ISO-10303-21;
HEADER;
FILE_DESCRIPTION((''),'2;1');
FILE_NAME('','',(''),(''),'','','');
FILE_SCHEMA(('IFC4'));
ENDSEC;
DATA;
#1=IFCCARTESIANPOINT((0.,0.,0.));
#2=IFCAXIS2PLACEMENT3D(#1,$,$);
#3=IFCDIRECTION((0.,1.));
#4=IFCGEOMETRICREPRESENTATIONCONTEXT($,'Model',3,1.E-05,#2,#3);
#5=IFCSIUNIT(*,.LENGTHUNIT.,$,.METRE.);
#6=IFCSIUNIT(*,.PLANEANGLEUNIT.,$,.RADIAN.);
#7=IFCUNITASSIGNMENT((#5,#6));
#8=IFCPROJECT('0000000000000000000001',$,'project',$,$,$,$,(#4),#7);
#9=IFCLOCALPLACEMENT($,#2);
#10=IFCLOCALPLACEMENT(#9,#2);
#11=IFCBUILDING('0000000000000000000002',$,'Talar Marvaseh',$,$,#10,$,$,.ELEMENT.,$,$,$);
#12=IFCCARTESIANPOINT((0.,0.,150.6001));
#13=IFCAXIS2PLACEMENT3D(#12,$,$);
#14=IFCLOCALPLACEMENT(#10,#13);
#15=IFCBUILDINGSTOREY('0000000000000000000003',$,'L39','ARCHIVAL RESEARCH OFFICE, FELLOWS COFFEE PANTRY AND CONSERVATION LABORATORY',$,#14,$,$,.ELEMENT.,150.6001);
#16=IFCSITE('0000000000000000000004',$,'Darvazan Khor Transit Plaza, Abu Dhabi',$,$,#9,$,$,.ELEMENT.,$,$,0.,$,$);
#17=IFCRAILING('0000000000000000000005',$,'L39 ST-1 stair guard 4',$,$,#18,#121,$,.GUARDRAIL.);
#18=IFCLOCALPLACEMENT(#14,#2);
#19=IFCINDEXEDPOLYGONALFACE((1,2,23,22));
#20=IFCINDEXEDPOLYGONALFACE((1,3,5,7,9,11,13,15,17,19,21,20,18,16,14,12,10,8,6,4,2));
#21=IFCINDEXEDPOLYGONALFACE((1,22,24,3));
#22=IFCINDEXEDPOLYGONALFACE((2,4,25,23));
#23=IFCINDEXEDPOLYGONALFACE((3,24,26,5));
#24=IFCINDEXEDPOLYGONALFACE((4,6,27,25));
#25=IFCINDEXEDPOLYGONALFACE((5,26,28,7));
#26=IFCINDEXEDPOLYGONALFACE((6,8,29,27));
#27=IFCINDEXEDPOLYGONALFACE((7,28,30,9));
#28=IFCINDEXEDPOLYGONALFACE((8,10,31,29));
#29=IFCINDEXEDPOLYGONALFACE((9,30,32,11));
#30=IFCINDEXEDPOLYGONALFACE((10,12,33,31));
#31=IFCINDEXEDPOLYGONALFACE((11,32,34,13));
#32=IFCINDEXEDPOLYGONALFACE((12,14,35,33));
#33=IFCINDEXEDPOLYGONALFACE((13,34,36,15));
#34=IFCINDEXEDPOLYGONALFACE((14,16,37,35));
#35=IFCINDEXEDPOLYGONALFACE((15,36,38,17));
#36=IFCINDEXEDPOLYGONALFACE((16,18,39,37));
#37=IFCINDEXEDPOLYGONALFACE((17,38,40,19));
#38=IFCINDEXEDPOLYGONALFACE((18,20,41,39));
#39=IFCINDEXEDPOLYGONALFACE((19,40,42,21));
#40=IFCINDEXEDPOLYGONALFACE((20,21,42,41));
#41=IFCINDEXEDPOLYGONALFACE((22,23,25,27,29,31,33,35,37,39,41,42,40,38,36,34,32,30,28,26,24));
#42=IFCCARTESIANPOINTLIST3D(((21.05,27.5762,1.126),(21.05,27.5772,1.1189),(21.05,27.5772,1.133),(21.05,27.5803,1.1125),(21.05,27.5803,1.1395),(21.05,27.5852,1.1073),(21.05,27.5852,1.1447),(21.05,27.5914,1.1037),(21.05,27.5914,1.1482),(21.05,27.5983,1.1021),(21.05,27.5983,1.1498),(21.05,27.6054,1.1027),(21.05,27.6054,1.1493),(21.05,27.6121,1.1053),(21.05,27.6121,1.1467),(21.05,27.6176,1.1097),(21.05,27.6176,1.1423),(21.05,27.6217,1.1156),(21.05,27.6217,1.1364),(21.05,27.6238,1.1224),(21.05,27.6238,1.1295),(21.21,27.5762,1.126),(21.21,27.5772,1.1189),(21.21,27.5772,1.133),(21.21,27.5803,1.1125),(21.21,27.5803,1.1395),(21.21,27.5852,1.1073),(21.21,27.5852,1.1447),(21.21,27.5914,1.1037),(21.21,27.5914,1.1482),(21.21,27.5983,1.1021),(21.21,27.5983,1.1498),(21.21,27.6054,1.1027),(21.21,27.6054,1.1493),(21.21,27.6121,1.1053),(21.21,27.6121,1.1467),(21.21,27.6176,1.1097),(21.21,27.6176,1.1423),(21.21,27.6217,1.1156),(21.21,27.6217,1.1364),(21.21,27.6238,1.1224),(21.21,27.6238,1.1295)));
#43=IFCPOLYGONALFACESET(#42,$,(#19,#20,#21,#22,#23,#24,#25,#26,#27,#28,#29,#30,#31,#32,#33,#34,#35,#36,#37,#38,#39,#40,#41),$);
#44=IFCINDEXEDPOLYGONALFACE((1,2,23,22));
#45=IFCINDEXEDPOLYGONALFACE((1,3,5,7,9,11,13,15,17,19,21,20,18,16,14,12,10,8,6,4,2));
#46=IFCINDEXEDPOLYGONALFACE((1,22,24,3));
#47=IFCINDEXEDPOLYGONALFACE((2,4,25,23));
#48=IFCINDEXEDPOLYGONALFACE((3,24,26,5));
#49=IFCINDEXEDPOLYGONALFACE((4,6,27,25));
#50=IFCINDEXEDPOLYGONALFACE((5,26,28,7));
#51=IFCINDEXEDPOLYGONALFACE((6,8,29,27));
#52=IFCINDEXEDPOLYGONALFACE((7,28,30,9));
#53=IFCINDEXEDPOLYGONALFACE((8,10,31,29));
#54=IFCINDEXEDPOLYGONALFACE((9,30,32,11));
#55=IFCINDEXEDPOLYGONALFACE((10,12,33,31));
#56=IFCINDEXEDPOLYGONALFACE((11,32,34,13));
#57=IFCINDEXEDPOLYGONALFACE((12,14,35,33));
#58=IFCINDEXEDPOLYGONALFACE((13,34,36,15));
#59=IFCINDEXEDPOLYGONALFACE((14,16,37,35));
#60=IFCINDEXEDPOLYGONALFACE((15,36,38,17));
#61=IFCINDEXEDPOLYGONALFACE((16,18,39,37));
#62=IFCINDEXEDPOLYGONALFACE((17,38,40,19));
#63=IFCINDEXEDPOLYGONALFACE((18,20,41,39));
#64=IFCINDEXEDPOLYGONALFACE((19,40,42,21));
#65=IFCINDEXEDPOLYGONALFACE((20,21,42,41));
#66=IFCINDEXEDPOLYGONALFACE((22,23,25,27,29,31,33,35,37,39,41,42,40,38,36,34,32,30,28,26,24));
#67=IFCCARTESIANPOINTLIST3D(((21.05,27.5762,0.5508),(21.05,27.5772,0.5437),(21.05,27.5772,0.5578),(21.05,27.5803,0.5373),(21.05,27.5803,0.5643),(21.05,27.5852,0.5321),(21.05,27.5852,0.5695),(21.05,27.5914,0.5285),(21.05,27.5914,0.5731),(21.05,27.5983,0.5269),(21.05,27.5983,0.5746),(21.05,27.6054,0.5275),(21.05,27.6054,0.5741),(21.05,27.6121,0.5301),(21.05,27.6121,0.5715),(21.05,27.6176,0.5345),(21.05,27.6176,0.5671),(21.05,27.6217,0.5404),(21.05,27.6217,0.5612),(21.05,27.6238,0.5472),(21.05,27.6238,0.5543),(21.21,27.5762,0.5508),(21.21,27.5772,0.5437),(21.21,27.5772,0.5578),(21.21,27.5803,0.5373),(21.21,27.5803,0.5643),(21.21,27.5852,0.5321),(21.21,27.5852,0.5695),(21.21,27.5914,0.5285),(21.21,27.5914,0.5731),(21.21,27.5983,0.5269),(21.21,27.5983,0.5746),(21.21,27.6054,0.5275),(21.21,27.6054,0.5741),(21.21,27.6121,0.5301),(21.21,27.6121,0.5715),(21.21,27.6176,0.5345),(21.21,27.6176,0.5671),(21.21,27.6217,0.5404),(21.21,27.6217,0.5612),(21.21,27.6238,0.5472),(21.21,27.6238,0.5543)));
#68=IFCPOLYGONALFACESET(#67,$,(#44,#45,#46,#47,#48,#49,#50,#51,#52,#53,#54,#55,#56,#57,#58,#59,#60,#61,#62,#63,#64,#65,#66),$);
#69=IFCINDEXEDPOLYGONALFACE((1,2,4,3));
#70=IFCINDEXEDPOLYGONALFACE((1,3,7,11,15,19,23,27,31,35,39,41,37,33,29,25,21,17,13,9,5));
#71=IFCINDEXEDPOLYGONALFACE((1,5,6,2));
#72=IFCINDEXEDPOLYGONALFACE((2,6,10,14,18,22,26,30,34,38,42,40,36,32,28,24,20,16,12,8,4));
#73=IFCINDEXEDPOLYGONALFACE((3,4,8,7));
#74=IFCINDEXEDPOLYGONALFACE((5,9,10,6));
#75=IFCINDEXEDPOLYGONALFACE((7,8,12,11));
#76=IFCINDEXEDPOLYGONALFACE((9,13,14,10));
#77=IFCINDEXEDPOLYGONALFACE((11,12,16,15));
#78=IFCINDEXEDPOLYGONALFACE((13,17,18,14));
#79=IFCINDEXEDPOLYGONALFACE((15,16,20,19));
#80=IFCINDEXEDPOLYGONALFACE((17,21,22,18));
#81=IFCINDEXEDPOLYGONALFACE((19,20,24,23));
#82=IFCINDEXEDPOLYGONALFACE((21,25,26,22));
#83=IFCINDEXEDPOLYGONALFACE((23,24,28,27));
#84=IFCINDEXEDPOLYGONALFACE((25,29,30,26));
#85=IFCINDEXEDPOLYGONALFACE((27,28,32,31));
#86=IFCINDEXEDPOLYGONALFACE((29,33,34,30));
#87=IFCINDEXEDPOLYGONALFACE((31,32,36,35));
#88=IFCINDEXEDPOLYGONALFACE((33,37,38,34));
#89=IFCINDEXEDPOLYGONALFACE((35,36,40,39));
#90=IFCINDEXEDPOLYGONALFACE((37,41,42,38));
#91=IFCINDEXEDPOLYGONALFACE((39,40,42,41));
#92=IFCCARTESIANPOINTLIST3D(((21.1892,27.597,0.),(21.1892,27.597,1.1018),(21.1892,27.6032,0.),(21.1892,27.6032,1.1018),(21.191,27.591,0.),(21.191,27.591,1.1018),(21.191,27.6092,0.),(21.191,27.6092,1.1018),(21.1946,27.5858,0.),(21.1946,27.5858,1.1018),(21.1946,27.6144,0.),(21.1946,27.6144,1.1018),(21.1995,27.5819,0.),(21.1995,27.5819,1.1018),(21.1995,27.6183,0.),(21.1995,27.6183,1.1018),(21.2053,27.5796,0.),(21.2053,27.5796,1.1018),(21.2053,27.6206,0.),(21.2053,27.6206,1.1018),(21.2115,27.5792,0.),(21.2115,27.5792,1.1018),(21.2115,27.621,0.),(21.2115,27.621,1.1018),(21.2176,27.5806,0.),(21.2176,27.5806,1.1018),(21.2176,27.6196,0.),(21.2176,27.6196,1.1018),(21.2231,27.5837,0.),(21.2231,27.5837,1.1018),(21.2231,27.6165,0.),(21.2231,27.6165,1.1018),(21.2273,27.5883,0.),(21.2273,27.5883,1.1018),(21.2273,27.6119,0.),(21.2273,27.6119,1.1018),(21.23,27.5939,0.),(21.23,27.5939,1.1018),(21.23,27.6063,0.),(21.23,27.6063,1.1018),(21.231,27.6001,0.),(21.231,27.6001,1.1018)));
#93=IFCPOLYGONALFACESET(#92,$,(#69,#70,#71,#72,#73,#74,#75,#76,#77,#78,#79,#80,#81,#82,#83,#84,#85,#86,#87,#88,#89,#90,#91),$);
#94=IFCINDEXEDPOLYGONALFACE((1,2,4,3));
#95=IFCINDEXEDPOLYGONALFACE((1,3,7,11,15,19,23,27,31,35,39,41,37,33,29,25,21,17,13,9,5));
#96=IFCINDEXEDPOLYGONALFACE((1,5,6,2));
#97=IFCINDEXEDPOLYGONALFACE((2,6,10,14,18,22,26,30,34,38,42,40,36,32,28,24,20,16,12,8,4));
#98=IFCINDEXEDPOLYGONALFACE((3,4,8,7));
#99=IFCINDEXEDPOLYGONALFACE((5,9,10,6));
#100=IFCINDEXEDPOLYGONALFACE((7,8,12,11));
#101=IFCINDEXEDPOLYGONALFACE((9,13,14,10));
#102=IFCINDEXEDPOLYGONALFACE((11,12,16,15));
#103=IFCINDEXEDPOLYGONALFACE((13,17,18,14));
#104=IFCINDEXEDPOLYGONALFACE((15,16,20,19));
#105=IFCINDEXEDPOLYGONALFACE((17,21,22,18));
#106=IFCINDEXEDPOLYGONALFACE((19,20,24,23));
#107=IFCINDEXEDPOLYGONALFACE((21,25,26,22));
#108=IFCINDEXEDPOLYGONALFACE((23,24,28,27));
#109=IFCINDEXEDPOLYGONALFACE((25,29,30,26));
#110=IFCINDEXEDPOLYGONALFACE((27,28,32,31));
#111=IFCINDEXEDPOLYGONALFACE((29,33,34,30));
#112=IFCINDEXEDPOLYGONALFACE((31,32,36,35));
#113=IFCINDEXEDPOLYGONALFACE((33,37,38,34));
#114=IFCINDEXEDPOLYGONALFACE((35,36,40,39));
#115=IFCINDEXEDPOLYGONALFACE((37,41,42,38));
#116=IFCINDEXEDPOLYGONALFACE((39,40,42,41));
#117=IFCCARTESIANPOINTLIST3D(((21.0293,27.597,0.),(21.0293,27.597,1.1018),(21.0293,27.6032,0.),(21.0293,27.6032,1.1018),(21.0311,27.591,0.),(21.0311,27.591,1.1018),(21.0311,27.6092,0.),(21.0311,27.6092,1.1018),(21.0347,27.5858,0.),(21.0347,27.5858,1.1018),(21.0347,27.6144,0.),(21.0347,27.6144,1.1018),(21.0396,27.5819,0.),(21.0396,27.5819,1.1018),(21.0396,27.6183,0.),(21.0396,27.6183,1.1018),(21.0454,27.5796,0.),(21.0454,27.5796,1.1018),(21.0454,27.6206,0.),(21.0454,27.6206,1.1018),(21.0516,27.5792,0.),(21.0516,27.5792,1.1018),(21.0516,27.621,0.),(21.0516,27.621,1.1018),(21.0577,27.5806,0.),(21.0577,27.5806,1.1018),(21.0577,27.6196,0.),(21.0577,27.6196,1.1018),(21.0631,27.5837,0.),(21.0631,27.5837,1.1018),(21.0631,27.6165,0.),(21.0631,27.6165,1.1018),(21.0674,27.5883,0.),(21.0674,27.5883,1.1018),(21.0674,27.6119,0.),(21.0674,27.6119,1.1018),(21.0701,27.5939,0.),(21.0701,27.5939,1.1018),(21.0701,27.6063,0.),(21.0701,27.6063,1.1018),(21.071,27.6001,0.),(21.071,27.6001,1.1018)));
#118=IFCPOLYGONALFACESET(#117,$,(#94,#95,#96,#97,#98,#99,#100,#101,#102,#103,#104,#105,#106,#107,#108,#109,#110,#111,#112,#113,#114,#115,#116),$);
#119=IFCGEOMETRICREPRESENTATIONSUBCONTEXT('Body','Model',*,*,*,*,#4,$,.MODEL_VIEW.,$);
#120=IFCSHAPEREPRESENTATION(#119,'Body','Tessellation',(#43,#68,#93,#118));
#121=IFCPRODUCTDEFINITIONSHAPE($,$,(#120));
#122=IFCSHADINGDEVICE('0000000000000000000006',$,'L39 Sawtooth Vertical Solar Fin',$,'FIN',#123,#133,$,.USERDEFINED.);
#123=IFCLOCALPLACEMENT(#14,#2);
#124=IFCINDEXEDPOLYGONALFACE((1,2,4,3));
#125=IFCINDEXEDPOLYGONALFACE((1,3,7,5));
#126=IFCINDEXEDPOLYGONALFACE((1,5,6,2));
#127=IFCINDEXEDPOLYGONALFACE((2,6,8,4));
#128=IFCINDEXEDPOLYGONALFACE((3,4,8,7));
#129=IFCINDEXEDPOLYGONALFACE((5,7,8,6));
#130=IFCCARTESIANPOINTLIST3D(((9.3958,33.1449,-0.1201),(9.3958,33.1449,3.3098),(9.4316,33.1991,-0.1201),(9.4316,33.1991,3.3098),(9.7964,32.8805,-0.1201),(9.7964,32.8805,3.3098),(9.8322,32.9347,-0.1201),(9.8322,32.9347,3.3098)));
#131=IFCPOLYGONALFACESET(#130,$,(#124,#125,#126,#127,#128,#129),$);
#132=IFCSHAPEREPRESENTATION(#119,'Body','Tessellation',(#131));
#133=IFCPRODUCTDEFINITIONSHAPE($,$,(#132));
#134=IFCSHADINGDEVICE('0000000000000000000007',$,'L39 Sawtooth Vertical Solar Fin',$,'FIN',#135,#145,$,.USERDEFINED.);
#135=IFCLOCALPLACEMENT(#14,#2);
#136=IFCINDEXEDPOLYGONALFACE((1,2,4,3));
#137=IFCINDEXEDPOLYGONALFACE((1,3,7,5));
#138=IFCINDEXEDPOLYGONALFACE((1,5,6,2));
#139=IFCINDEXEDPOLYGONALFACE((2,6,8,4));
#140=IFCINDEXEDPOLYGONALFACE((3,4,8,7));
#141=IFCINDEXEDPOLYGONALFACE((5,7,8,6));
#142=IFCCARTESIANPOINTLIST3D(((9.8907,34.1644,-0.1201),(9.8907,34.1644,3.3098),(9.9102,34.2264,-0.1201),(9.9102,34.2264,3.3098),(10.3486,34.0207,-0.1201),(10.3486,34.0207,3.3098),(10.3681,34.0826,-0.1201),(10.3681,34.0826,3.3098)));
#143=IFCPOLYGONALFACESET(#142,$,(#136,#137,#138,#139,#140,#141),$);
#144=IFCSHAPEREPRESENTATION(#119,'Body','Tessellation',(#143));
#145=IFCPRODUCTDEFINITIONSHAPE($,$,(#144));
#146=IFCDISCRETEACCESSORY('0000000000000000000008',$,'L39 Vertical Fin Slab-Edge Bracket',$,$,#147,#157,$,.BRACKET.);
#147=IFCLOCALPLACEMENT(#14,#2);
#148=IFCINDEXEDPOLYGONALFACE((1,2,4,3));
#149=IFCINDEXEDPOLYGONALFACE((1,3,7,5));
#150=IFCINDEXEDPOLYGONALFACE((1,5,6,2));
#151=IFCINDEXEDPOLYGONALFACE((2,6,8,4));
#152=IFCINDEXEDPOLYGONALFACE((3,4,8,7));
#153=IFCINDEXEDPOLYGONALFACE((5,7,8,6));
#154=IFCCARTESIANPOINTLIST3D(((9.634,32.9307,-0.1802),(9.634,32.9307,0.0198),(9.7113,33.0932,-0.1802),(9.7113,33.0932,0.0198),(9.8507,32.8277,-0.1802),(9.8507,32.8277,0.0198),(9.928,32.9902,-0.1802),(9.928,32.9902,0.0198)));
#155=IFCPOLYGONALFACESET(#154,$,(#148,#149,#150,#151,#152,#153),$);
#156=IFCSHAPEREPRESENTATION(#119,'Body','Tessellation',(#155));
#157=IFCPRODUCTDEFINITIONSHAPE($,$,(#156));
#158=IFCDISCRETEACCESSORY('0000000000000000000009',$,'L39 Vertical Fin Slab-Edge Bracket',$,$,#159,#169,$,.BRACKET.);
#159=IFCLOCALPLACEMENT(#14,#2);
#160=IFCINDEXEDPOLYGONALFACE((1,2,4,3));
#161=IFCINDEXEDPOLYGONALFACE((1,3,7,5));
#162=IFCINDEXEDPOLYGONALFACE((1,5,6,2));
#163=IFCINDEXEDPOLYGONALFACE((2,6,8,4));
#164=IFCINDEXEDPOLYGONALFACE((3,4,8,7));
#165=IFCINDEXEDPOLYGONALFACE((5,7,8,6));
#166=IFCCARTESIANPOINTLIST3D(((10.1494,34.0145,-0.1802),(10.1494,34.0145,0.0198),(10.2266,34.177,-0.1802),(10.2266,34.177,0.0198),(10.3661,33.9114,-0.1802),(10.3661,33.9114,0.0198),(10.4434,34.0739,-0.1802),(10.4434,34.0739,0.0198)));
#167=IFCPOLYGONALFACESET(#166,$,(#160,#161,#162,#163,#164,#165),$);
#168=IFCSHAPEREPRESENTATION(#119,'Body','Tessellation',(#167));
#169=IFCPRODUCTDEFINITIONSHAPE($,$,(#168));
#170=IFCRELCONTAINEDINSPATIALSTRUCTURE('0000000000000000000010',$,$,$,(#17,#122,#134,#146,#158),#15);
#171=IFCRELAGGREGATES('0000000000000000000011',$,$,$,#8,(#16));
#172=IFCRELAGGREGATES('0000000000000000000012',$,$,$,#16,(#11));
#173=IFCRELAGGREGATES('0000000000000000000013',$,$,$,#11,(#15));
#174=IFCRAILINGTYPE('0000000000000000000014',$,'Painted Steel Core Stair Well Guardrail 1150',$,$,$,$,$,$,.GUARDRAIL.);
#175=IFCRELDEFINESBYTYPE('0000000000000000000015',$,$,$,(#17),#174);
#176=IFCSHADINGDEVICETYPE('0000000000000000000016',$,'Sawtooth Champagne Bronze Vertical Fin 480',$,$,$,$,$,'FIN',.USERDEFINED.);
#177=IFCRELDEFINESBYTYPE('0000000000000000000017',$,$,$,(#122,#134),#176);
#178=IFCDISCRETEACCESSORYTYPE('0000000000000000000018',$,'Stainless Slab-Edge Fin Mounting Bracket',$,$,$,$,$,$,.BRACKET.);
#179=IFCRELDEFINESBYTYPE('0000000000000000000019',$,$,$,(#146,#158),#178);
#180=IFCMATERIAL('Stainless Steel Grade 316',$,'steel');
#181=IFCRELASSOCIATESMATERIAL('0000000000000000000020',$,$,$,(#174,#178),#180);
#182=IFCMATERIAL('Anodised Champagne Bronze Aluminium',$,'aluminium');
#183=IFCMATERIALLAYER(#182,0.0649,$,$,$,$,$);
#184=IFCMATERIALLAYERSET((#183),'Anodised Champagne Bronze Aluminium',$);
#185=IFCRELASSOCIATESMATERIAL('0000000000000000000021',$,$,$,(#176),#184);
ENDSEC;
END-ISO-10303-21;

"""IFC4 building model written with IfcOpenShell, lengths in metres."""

from ifc_helpers import new_model, si_unit, direction, frame, origin, origin_2d, place, context, subcontext, project, spatial, rectangle, circle, extrude, source, transform, mapped, material, layer, layer_set, type_object, type_shapes, element, save


model = new_model("IFC4")

# Units and contexts
model_context = context("Model", 3, precision=1e-05, world=origin(), true_north=direction((0.0, 1.0)))
body_context = subcontext(model_context, "Body", "Model", "MODEL_VIEW")
ifc_project = project(units=[si_unit("LENGTHUNIT", "METRE"), si_unit("PLANEANGLEUNIT", "RADIAN")], contexts=[model_context])

# Site, building, storey
site_placement = place(None, origin())
site = spatial("IfcSite", under=ifc_project, at=site_placement, Name="Darvazan Khor Transit Plaza, Abu Dhabi", CompositionType="ELEMENT", RefElevation=0.0)
building_placement = place(site_placement, origin())
building = spatial("IfcBuilding", under=site, at=building_placement, Name="Talar Marvaseh", CompositionType="ELEMENT")
storey_placement = place(building_placement, frame((0.0, 0.0, 150.6001)))
storey = spatial("IfcBuildingStorey", under=building, at=storey_placement, Name="L39", Description="ARCHIVAL RESEARCH OFFICE, FELLOWS COFFEE PANTRY AND CONSERVATION LABORATORY", CompositionType="ELEMENT", Elevation=150.6001)

# Railing
ifc_material_1 = material(Name="Stainless Steel Grade 316", Category="steel")
railing_type_1 = type_object("IfcRailingType", Name="Painted Steel Core Stair Well Guardrail 1150", PredefinedType="GUARDRAIL", material=ifc_material_1)
railing_1_placement = place(storey_placement, frame((21.21, 27.6001, 0.0)))
element("IfcRailing", 1, at=railing_1_placement, inside=storey, type_object=railing_type_1, Name="L39 ST-1 stair guard 4", PredefinedType="GUARDRAIL", context=body_context, shape_type="SweptSolid", body=[
    extrude(circle(Radius=0.0239, at=origin_2d()), frame((0.0, 0.0, 1.126), z_axis=(-1.0, 0.0, 0.0), x_axis=(0.0, -1.0, 0.0)), (0.0, 0.0, 1.0), 0.1599),
    extrude(circle(Radius=0.0239, at=origin_2d()), frame((0.0, 0.0, 0.5508), z_axis=(-1.0, 0.0, 0.0), x_axis=(0.0, -1.0, 0.0)), (0.0, 0.0, 1.0), 0.1599),
    extrude(circle(Radius=0.021, at=origin_2d()), origin(), (0.0, 0.0, 1.0), 1.1018),
    extrude(circle(Radius=0.021, at=origin_2d()), frame((-0.1599, 0.0, 0.0)), (0.0, 0.0, 1.0), 1.1018),
])

# Shading devices
ifc_material_2 = material(Name="Anodised Champagne Bronze Aluminium", Category="aluminium")
ifc_layer_1 = layer(ifc_material_2, 0.0649)
ifc_layer_set_1 = layer_set([ifc_layer_1], Name="Anodised Champagne Bronze Aluminium")
shading_device_type = type_object("IfcShadingDeviceType", Name="Sawtooth Champagne Bronze Vertical Fin 480", ElementType="FIN", PredefinedType="USERDEFINED", material=ifc_layer_set_1)
shared_shape_1 = source(origin(), body_context, "Body", "SweptSolid", [
    extrude(rectangle(XDim=0.48, YDim=0.0649, at=origin_2d()), origin(), (0.0, 0.0, 1.0), 3.4299),
])
type_shapes(shading_device_type, [shared_shape_1])
for number, where, z_axis, x_axis, name in (
    (2, (9.614, 33.0398, -0.1201), (0.0, 0.0, 1.0), (-0.83456, 0.550918, 0.0), "L39 Sawtooth Vertical Solar Fin"),
    (3, (10.1294, 34.1235, -0.1201), (0.0, 0.0, 1.0), (-0.954084, 0.29954, 0.0), "L39 Sawtooth Vertical Solar Fin"),
):
    element("IfcShadingDevice", number, at=place(storey_placement, frame(where, z_axis=z_axis, x_axis=x_axis)), inside=storey, type_object=shading_device_type, Name=name, ObjectType="FIN", PredefinedType="USERDEFINED", context=body_context, shape_type="MappedRepresentation", body=[
        mapped(shared_shape_1, transform((0.0, 0.0, 0.0), x_axis=(1.0, 0.0, 0.0), y_axis=(0.0, 1.0, 0.0), z_axis=(0.0, 0.0, 1.0), scale=1.0)),
    ])

# Discrete accessories
discrete_accessory_type = type_object("IfcDiscreteAccessoryType", Name="Stainless Slab-Edge Fin Mounting Bracket", PredefinedType="BRACKET", material=ifc_material_1)
shared_shape_2 = source(origin(), body_context, "Body", "SweptSolid", [
    extrude(rectangle(XDim=0.24, YDim=0.1799, at=origin_2d()), origin(), (0.0, 0.0, 1.0), 0.2),
])
type_shapes(discrete_accessory_type, [shared_shape_2])
for number, where, z_axis, x_axis, name in (
    (4, (9.781, 32.9604, -0.1802), (0.0, 0.0, 1.0), (-0.903111, 0.429408, 0.0), "L39 Vertical Fin Slab-Edge Bracket"),
    (5, (10.2964, 34.0442, -0.1802), (0.0, 0.0, 1.0), (-0.903111, 0.429408, 0.0), "L39 Vertical Fin Slab-Edge Bracket"),
):
    element("IfcDiscreteAccessory", number, at=place(storey_placement, frame(where, z_axis=z_axis, x_axis=x_axis)), inside=storey, type_object=discrete_accessory_type, Name=name, PredefinedType="BRACKET", context=body_context, shape_type="MappedRepresentation", body=[
        mapped(shared_shape_2, transform((0.0, 0.0, 0.0), x_axis=(1.0, 0.0, 0.0), y_axis=(0.0, 1.0, 0.0), z_axis=(0.0, 0.0, 1.0), scale=1.0)),
    ])

save(model, "model.ifc")
